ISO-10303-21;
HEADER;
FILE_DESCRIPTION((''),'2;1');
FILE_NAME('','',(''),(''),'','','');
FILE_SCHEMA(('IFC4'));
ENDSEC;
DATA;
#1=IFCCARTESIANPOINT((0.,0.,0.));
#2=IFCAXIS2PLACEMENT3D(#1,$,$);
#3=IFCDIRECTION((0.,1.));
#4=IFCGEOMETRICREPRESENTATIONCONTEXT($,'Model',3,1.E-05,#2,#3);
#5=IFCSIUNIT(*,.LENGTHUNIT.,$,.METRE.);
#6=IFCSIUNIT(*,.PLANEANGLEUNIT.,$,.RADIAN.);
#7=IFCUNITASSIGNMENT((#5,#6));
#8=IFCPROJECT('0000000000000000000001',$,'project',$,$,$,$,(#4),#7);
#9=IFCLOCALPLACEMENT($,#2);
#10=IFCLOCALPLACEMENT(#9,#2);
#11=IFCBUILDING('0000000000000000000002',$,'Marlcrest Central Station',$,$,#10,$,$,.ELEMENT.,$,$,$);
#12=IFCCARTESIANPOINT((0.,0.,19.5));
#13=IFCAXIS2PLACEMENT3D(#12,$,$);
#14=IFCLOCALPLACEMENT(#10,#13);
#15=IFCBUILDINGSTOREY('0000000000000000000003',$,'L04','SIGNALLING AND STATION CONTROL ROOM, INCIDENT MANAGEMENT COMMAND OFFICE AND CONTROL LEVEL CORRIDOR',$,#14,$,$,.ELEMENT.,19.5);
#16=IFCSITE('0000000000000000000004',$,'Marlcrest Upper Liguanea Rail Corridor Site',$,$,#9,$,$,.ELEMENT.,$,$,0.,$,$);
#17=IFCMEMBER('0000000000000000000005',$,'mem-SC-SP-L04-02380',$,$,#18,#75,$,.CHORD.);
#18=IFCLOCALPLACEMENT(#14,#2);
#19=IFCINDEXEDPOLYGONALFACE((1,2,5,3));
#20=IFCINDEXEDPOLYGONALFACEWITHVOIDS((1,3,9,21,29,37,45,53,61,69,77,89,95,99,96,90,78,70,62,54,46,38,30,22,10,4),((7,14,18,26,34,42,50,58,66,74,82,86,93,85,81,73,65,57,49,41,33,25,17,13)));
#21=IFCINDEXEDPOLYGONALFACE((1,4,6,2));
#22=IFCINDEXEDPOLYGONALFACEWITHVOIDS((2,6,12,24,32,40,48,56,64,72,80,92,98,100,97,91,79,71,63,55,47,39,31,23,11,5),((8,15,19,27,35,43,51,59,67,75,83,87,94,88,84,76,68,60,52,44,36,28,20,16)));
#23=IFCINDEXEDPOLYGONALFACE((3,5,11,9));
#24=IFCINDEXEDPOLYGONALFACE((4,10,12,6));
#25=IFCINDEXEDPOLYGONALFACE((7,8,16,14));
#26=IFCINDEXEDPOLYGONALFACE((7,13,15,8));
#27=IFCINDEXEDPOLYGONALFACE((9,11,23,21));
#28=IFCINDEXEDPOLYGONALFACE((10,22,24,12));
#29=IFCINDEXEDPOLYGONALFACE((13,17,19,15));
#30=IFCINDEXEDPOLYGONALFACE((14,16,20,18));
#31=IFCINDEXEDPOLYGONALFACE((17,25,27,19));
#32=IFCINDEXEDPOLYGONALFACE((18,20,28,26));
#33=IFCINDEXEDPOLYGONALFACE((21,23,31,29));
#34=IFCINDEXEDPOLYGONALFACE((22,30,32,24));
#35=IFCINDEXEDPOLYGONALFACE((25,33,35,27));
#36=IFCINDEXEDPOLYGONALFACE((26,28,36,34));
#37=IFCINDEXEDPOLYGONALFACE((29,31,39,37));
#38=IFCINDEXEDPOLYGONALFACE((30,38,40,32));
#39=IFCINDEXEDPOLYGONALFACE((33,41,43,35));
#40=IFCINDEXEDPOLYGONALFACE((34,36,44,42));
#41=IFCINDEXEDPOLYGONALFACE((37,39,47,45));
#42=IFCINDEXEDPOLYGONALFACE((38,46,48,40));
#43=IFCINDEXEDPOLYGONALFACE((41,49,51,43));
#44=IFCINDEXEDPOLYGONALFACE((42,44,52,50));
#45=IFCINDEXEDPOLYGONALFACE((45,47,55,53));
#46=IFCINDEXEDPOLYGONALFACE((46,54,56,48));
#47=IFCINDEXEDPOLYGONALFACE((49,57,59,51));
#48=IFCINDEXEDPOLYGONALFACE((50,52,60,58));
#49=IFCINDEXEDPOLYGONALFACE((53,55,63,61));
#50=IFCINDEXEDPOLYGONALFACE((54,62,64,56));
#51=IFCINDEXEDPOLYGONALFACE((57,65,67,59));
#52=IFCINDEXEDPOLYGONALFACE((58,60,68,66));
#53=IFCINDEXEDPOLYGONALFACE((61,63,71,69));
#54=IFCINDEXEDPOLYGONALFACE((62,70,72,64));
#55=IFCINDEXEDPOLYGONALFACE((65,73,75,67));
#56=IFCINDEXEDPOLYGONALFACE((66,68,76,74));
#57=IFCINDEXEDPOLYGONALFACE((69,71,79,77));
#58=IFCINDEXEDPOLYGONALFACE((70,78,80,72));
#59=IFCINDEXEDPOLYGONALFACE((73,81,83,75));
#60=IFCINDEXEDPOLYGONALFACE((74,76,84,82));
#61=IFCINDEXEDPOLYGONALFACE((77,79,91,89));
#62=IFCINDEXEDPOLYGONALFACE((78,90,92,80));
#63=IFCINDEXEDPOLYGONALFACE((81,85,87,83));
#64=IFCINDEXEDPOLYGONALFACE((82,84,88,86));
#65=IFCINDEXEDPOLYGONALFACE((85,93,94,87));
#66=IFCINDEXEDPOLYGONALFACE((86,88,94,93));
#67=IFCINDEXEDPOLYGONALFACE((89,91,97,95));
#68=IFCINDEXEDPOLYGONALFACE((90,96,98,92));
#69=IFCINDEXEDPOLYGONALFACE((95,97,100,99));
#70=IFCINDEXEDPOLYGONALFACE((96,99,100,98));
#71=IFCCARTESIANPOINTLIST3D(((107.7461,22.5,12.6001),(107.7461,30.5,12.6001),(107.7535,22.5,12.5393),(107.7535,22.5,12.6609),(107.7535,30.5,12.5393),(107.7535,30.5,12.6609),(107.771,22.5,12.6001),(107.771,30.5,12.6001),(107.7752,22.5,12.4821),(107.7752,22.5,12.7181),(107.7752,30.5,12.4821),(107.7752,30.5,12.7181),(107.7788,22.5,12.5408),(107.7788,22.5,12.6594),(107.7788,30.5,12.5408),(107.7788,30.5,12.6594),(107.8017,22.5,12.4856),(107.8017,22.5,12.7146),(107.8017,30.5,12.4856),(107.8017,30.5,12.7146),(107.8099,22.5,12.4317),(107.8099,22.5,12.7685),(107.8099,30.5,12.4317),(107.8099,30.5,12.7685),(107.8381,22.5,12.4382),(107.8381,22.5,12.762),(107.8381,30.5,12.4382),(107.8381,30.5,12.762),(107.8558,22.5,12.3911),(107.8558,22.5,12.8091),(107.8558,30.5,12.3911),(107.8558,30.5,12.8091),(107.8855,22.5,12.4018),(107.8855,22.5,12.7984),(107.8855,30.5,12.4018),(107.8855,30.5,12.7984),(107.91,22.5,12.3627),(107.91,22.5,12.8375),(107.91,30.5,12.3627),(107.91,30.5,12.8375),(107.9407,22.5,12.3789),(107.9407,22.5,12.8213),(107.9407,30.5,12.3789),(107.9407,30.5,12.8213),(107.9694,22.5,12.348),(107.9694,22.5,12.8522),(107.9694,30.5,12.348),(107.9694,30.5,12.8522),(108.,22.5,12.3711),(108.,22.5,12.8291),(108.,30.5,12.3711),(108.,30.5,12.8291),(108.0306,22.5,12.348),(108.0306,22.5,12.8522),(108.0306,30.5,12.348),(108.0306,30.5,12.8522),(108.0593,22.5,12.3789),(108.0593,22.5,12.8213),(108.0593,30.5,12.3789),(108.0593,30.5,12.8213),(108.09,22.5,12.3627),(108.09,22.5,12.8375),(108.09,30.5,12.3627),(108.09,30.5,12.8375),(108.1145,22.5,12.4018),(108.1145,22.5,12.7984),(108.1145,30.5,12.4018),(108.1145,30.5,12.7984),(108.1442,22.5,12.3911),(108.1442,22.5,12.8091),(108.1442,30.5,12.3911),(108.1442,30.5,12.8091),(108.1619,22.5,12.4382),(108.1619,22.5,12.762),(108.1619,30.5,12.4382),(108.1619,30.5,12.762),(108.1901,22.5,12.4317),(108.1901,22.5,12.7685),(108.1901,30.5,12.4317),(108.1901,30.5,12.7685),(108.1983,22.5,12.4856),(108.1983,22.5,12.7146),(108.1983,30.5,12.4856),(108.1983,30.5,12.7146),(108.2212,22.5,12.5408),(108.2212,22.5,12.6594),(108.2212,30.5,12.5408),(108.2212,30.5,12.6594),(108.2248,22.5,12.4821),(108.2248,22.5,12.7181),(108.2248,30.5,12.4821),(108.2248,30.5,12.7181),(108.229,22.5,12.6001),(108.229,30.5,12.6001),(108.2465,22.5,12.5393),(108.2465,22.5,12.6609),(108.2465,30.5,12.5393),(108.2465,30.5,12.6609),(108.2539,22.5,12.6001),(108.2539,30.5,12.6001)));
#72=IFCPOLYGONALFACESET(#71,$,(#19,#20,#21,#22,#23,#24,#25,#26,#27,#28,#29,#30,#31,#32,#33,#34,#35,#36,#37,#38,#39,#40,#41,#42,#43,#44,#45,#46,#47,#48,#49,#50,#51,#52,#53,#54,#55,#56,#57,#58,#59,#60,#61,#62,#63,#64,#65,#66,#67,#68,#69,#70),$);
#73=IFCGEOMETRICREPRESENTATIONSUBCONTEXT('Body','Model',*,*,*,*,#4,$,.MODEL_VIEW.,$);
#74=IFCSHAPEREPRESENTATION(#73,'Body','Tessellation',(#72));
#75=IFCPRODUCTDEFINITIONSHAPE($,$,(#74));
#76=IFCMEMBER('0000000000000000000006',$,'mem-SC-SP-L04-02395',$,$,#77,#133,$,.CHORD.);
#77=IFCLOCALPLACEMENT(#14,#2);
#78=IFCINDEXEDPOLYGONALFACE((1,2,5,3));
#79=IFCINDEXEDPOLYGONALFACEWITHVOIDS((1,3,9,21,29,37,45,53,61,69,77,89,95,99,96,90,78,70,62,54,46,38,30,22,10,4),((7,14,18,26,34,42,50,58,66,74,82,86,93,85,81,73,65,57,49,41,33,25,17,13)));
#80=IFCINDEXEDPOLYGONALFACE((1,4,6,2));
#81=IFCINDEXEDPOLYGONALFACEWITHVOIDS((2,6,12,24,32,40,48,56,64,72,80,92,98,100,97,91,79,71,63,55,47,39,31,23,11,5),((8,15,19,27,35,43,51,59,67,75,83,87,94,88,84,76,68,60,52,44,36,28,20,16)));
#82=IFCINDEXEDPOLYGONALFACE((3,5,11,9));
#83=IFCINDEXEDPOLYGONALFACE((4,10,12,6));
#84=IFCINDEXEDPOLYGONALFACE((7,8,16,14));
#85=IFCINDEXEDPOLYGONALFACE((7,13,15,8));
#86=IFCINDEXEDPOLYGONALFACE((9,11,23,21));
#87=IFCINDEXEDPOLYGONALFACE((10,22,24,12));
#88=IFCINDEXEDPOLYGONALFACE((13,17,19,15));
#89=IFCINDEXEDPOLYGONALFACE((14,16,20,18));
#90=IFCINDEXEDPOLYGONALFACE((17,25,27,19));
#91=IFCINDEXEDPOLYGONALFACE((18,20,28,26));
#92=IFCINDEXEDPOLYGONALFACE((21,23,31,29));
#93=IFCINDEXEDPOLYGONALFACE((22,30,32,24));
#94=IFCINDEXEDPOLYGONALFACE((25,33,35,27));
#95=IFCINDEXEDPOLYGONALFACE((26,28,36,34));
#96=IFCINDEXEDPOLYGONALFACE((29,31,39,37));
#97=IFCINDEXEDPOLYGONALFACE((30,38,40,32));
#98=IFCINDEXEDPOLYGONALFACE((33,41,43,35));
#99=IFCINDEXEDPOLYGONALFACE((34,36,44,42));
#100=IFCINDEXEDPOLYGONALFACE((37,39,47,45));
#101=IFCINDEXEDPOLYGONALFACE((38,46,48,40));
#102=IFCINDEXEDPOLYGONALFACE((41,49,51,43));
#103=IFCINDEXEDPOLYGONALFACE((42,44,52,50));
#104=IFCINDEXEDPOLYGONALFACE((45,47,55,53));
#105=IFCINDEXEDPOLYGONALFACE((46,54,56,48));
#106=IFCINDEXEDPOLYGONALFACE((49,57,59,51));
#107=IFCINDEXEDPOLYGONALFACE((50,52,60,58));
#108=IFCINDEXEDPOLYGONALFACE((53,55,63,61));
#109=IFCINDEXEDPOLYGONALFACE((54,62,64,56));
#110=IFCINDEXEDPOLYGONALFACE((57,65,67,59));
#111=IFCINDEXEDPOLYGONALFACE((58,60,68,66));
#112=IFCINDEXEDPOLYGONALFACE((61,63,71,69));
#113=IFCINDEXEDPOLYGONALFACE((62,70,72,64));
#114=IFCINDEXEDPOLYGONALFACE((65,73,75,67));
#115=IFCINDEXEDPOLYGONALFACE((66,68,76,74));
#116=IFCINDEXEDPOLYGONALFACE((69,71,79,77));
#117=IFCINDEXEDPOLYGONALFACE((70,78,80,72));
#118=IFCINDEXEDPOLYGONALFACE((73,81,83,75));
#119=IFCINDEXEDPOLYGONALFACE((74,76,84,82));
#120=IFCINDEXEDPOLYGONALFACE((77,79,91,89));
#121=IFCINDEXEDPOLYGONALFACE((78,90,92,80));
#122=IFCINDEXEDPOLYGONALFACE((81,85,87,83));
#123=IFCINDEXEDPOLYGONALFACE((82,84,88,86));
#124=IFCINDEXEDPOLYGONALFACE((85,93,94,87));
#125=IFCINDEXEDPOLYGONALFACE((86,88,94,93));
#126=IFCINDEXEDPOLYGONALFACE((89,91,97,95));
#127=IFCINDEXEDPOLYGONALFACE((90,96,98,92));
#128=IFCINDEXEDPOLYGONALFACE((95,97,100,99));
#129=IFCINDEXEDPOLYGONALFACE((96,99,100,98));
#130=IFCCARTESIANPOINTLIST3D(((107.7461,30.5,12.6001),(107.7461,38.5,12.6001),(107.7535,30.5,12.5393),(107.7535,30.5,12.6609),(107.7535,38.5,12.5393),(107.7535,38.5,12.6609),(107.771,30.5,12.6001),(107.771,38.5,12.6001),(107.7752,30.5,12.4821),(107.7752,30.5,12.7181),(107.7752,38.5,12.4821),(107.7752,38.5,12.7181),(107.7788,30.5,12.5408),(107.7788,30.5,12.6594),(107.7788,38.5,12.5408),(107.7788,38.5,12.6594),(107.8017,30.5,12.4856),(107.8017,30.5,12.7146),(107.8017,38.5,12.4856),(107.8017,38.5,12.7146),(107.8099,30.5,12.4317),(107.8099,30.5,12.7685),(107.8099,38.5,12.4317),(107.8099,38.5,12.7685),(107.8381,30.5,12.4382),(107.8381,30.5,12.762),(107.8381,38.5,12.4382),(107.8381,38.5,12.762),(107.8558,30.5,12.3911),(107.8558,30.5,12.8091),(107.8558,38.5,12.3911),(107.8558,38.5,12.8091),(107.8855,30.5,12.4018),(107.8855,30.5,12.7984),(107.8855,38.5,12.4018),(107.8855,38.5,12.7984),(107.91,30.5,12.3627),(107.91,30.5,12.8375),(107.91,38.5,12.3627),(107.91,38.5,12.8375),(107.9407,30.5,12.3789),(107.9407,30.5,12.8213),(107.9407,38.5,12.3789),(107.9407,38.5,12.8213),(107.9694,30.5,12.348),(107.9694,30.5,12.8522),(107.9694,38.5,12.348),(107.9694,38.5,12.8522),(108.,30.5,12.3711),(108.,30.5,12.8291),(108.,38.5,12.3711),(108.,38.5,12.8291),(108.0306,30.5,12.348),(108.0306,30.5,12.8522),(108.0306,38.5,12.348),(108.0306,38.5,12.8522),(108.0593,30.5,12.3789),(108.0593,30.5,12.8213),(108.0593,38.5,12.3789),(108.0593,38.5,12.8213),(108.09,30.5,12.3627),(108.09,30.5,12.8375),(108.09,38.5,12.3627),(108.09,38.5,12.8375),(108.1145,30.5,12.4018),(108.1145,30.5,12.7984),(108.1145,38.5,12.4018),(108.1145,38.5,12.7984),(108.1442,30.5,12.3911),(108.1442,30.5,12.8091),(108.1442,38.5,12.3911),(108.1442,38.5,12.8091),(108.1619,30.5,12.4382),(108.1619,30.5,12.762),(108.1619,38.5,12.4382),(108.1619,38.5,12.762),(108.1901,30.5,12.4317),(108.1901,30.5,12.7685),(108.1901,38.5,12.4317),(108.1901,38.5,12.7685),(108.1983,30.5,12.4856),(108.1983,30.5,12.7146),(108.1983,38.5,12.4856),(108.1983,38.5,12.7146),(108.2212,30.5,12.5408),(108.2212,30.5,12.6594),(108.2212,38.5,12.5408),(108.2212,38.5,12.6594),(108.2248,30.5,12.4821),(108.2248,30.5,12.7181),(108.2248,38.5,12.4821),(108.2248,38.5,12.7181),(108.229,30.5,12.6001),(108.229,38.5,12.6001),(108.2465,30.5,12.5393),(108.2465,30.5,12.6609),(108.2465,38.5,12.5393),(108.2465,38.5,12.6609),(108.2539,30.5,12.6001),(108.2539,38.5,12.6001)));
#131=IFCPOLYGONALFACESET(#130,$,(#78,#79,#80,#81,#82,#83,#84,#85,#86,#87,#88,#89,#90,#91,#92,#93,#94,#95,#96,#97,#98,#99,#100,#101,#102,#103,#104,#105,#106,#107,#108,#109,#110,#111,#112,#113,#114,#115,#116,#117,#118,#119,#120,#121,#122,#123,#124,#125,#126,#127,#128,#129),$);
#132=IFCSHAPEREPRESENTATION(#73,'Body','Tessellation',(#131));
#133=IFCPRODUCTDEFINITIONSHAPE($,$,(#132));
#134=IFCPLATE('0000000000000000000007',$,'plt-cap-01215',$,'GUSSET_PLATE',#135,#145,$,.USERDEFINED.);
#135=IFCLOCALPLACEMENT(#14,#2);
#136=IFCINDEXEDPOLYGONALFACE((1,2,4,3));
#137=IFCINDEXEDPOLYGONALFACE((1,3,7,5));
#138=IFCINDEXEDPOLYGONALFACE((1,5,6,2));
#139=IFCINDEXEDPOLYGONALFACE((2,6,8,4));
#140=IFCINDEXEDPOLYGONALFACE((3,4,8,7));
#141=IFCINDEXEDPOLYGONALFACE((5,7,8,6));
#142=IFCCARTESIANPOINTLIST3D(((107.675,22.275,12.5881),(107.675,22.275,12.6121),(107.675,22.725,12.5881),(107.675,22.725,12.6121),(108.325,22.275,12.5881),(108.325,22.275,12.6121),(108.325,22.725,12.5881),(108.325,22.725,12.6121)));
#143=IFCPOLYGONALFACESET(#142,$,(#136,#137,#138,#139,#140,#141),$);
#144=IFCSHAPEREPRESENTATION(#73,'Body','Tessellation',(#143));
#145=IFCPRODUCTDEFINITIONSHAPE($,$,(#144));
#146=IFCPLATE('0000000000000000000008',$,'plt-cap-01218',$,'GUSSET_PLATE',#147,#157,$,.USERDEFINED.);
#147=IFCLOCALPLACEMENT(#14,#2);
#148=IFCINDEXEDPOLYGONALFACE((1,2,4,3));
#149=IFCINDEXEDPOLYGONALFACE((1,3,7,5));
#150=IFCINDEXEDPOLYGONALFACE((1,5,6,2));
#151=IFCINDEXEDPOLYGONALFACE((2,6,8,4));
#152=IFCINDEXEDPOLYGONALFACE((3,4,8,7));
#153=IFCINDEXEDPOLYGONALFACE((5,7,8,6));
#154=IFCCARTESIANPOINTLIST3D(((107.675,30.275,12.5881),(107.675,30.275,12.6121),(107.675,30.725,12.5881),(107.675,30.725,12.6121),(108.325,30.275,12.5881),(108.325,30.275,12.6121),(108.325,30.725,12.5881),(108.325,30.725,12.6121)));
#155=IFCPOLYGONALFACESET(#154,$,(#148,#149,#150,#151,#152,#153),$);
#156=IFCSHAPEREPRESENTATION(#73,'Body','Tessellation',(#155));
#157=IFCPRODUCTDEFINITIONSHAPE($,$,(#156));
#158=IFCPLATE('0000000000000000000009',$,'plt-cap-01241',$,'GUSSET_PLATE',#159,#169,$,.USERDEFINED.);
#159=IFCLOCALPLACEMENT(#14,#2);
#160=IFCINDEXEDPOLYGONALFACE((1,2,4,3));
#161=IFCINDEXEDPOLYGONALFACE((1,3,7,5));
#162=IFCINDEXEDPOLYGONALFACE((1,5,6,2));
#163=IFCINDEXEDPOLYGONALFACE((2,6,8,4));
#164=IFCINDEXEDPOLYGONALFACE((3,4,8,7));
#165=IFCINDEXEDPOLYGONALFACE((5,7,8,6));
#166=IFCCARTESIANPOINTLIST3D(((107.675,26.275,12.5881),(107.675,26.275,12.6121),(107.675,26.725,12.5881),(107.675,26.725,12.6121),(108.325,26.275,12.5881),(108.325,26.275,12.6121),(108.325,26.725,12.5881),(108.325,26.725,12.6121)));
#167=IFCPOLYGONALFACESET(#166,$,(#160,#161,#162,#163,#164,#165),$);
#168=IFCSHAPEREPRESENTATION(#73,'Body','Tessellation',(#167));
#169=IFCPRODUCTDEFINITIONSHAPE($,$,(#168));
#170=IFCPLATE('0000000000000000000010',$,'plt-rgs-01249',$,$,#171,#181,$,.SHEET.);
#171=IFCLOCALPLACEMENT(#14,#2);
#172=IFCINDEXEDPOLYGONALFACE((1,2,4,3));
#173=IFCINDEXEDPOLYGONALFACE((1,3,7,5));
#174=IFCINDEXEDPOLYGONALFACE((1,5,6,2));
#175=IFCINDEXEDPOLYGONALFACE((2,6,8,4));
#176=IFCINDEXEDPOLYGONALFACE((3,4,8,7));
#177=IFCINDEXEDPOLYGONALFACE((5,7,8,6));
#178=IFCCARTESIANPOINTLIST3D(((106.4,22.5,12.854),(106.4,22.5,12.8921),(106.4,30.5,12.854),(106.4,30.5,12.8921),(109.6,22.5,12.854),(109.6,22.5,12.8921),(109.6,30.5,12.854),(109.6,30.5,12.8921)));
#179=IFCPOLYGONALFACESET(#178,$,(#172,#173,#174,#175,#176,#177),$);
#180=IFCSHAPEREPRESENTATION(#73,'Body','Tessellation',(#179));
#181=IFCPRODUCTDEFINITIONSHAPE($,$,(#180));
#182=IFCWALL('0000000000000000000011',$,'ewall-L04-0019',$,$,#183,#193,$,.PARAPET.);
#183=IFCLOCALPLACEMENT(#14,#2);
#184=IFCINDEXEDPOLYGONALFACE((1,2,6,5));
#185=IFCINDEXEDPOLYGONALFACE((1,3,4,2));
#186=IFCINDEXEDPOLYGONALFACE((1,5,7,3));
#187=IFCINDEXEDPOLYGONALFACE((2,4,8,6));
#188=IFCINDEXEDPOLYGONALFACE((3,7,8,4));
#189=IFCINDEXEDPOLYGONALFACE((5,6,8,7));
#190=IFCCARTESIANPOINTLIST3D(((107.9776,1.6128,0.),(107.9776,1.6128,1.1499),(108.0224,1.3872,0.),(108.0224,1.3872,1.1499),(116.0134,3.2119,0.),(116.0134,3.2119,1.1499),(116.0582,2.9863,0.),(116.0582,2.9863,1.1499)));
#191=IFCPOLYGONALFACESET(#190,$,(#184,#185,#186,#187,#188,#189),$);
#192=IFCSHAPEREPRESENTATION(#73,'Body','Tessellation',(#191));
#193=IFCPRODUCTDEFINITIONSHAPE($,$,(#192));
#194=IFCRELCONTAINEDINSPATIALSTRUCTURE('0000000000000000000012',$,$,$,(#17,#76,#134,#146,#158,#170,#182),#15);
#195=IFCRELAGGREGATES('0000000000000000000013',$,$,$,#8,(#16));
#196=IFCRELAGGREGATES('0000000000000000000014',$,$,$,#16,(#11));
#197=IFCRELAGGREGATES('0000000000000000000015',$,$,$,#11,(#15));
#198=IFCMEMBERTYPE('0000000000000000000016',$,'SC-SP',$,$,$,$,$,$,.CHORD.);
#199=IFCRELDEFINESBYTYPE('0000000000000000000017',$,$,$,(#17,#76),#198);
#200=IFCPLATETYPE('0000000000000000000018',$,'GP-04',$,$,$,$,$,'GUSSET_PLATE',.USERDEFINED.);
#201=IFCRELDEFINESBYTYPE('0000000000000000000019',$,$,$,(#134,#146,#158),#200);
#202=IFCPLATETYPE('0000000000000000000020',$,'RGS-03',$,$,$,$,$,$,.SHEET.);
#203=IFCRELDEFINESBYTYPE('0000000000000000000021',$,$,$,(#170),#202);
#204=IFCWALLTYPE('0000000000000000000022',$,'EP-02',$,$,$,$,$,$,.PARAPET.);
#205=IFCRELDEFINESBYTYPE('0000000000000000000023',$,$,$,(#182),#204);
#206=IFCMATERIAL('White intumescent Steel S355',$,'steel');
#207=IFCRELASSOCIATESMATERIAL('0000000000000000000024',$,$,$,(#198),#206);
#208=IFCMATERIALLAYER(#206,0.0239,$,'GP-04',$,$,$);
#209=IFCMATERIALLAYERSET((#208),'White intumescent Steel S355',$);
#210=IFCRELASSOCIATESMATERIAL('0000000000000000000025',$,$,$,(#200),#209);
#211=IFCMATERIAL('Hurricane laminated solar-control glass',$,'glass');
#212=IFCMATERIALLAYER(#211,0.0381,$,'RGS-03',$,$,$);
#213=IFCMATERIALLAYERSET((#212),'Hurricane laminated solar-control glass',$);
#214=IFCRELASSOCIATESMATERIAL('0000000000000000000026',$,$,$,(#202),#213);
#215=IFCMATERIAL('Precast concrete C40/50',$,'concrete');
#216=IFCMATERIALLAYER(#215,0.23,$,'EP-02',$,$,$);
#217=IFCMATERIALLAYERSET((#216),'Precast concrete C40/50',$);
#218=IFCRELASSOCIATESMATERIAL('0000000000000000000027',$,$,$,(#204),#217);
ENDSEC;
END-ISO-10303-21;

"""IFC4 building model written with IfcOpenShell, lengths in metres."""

from ifc_helpers import new_model, si_unit, direction, frame, frame_2d, origin, origin_2d, place, context, subcontext, project, spatial, rectangle, hollow_circle, extrude, material, layer, layer_set, material_profile, profile_set, type_object, element, save


model = new_model("IFC4")

# Units and contexts
model_context = context("Model", 3, precision=1e-05, world=origin(), true_north=direction((0.0, 1.0)))
body_context = subcontext(model_context, "Body", "Model", "MODEL_VIEW")
ifc_project = project(units=[si_unit("LENGTHUNIT", "METRE"), si_unit("PLANEANGLEUNIT", "RADIAN")], contexts=[model_context])

# Site, building, storey
site_placement = place(None, origin())
site = spatial("IfcSite", under=ifc_project, at=site_placement, Name="Marlcrest Upper Liguanea Rail Corridor Site", CompositionType="ELEMENT", RefElevation=0.0)
building_placement = place(site_placement, origin())
building = spatial("IfcBuilding", under=site, at=building_placement, Name="Marlcrest Central Station", CompositionType="ELEMENT")
storey_placement = place(building_placement, frame((0.0, 0.0, 19.5)))
storey = spatial("IfcBuildingStorey", under=building, at=storey_placement, Name="L04", Description="SIGNALLING AND STATION CONTROL ROOM, INCIDENT MANAGEMENT COMMAND OFFICE AND CONTROL LEVEL CORRIDOR", CompositionType="ELEMENT", Elevation=19.5)

# Members
ifc_material_1 = material(Name="White intumescent Steel S355", Category="steel")
ifc_material_profile_1 = material_profile(ifc_material_1, hollow_circle(Radius=0.2539, WallThickness=0.0249, at=origin_2d()), Name="CHS 508x25")
ifc_profile_set_1 = profile_set([ifc_material_profile_1], Name="White intumescent Steel S355")
member_type_1 = type_object("IfcMemberType", Name="SC-SP", PredefinedType="CHORD", material=ifc_profile_set_1)
for number, where, z_axis, x_axis, name in (
    (1, (108.0, 22.5, 12.6001), (0.0, 1.0, 0.0), (-1.0, 0.0, 0.0), "mem-SC-SP-L04-02380"),
    (2, (108.0, 30.5, 12.6001), (0.0, 1.0, 0.0), (-1.0, 0.0, 0.0), "mem-SC-SP-L04-02395"),
):
    element("IfcMember", number, at=place(storey_placement, frame(where, z_axis=z_axis, x_axis=x_axis)), inside=storey, type_object=member_type_1, Name=name, PredefinedType="CHORD", context=body_context, shape_type="SweptSolid", body=[
        extrude(hollow_circle(Radius=0.2539, WallThickness=0.0249, at=origin_2d()), origin(), (0.0, 0.0, 1.0), 8.0),
    ])

# Plates
ifc_layer_1 = layer(ifc_material_1, 0.0239, Name="GP-04")
ifc_layer_set_1 = layer_set([ifc_layer_1], Name="White intumescent Steel S355")
plate_type_1 = type_object("IfcPlateType", Name="GP-04", ElementType="GUSSET_PLATE", PredefinedType="USERDEFINED", material=ifc_layer_set_1)
for number, where, z_axis, x_axis, name in (
    (3, (108.0, 22.5, 12.5881), (0.0, 0.0, 1.0), (1.0, 0.0, 0.0), "plt-cap-01215"),
    (4, (108.0, 30.5, 12.5881), (0.0, 0.0, 1.0), (1.0, 0.0, 0.0), "plt-cap-01218"),
    (5, (108.0, 26.5, 12.5881), (0.0, 0.0, 1.0), (1.0, 0.0, 0.0), "plt-cap-01241"),
):
    element("IfcPlate", number, at=place(storey_placement, frame(where, z_axis=z_axis, x_axis=x_axis)), inside=storey, type_object=plate_type_1, Name=name, ObjectType="GUSSET_PLATE", PredefinedType="USERDEFINED", context=body_context, shape_type="SweptSolid", body=[
        extrude(rectangle(XDim=0.6499, YDim=0.45, at=origin_2d()), origin(), (0.0, 0.0, 1.0), 0.0239),
    ])
ifc_material_2 = material(Name="Hurricane laminated solar-control glass", Category="glass")
ifc_layer_2 = layer(ifc_material_2, 0.0381, Name="RGS-03")
ifc_layer_set_2 = layer_set([ifc_layer_2], Name="Hurricane laminated solar-control glass")
plate_type_2 = type_object("IfcPlateType", Name="RGS-03", PredefinedType="SHEET", material=ifc_layer_set_2)
plate_placement = place(storey_placement, frame((108.0, 26.5, 12.854), z_axis=(0.0, 0.0, 1.0), x_axis=(1.0, 0.0, 0.0)))
element("IfcPlate", 6, at=plate_placement, inside=storey, type_object=plate_type_2, Name="plt-rgs-01249", PredefinedType="SHEET", context=body_context, shape_type="SweptSolid", body=[
    extrude(rectangle(XDim=3.2, YDim=8.0, at=origin_2d()), origin(), (0.0, 0.0, 1.0), 0.0381),
])

# Wall
ifc_material_3 = material(Name="Precast concrete C40/50", Category="concrete")
ifc_layer_3 = layer(ifc_material_3, 0.23, Name="EP-02")
ifc_layer_set_3 = layer_set([ifc_layer_3], Name="Precast concrete C40/50")
wall_type = type_object("IfcWallType", Name="EP-02", PredefinedType="PARAPET", material=ifc_layer_set_3)
wall_placement = place(storey_placement, frame((108.0, 1.5, 0.0), z_axis=(0.0, 0.0, 1.0), x_axis=(0.980769, 0.195171, 0.0)))
element("IfcWall", 7, at=wall_placement, inside=storey, type_object=wall_type, Name="ewall-L04-0019", PredefinedType="PARAPET", context=body_context, shape_type="SweptSolid", body=[
    extrude(rectangle(XDim=8.1934, YDim=0.23, at=frame_2d((4.0967, 0.0))), origin(), (0.0, 0.0, 1.0), 1.1499),
])

save(model, "model.ifc")
